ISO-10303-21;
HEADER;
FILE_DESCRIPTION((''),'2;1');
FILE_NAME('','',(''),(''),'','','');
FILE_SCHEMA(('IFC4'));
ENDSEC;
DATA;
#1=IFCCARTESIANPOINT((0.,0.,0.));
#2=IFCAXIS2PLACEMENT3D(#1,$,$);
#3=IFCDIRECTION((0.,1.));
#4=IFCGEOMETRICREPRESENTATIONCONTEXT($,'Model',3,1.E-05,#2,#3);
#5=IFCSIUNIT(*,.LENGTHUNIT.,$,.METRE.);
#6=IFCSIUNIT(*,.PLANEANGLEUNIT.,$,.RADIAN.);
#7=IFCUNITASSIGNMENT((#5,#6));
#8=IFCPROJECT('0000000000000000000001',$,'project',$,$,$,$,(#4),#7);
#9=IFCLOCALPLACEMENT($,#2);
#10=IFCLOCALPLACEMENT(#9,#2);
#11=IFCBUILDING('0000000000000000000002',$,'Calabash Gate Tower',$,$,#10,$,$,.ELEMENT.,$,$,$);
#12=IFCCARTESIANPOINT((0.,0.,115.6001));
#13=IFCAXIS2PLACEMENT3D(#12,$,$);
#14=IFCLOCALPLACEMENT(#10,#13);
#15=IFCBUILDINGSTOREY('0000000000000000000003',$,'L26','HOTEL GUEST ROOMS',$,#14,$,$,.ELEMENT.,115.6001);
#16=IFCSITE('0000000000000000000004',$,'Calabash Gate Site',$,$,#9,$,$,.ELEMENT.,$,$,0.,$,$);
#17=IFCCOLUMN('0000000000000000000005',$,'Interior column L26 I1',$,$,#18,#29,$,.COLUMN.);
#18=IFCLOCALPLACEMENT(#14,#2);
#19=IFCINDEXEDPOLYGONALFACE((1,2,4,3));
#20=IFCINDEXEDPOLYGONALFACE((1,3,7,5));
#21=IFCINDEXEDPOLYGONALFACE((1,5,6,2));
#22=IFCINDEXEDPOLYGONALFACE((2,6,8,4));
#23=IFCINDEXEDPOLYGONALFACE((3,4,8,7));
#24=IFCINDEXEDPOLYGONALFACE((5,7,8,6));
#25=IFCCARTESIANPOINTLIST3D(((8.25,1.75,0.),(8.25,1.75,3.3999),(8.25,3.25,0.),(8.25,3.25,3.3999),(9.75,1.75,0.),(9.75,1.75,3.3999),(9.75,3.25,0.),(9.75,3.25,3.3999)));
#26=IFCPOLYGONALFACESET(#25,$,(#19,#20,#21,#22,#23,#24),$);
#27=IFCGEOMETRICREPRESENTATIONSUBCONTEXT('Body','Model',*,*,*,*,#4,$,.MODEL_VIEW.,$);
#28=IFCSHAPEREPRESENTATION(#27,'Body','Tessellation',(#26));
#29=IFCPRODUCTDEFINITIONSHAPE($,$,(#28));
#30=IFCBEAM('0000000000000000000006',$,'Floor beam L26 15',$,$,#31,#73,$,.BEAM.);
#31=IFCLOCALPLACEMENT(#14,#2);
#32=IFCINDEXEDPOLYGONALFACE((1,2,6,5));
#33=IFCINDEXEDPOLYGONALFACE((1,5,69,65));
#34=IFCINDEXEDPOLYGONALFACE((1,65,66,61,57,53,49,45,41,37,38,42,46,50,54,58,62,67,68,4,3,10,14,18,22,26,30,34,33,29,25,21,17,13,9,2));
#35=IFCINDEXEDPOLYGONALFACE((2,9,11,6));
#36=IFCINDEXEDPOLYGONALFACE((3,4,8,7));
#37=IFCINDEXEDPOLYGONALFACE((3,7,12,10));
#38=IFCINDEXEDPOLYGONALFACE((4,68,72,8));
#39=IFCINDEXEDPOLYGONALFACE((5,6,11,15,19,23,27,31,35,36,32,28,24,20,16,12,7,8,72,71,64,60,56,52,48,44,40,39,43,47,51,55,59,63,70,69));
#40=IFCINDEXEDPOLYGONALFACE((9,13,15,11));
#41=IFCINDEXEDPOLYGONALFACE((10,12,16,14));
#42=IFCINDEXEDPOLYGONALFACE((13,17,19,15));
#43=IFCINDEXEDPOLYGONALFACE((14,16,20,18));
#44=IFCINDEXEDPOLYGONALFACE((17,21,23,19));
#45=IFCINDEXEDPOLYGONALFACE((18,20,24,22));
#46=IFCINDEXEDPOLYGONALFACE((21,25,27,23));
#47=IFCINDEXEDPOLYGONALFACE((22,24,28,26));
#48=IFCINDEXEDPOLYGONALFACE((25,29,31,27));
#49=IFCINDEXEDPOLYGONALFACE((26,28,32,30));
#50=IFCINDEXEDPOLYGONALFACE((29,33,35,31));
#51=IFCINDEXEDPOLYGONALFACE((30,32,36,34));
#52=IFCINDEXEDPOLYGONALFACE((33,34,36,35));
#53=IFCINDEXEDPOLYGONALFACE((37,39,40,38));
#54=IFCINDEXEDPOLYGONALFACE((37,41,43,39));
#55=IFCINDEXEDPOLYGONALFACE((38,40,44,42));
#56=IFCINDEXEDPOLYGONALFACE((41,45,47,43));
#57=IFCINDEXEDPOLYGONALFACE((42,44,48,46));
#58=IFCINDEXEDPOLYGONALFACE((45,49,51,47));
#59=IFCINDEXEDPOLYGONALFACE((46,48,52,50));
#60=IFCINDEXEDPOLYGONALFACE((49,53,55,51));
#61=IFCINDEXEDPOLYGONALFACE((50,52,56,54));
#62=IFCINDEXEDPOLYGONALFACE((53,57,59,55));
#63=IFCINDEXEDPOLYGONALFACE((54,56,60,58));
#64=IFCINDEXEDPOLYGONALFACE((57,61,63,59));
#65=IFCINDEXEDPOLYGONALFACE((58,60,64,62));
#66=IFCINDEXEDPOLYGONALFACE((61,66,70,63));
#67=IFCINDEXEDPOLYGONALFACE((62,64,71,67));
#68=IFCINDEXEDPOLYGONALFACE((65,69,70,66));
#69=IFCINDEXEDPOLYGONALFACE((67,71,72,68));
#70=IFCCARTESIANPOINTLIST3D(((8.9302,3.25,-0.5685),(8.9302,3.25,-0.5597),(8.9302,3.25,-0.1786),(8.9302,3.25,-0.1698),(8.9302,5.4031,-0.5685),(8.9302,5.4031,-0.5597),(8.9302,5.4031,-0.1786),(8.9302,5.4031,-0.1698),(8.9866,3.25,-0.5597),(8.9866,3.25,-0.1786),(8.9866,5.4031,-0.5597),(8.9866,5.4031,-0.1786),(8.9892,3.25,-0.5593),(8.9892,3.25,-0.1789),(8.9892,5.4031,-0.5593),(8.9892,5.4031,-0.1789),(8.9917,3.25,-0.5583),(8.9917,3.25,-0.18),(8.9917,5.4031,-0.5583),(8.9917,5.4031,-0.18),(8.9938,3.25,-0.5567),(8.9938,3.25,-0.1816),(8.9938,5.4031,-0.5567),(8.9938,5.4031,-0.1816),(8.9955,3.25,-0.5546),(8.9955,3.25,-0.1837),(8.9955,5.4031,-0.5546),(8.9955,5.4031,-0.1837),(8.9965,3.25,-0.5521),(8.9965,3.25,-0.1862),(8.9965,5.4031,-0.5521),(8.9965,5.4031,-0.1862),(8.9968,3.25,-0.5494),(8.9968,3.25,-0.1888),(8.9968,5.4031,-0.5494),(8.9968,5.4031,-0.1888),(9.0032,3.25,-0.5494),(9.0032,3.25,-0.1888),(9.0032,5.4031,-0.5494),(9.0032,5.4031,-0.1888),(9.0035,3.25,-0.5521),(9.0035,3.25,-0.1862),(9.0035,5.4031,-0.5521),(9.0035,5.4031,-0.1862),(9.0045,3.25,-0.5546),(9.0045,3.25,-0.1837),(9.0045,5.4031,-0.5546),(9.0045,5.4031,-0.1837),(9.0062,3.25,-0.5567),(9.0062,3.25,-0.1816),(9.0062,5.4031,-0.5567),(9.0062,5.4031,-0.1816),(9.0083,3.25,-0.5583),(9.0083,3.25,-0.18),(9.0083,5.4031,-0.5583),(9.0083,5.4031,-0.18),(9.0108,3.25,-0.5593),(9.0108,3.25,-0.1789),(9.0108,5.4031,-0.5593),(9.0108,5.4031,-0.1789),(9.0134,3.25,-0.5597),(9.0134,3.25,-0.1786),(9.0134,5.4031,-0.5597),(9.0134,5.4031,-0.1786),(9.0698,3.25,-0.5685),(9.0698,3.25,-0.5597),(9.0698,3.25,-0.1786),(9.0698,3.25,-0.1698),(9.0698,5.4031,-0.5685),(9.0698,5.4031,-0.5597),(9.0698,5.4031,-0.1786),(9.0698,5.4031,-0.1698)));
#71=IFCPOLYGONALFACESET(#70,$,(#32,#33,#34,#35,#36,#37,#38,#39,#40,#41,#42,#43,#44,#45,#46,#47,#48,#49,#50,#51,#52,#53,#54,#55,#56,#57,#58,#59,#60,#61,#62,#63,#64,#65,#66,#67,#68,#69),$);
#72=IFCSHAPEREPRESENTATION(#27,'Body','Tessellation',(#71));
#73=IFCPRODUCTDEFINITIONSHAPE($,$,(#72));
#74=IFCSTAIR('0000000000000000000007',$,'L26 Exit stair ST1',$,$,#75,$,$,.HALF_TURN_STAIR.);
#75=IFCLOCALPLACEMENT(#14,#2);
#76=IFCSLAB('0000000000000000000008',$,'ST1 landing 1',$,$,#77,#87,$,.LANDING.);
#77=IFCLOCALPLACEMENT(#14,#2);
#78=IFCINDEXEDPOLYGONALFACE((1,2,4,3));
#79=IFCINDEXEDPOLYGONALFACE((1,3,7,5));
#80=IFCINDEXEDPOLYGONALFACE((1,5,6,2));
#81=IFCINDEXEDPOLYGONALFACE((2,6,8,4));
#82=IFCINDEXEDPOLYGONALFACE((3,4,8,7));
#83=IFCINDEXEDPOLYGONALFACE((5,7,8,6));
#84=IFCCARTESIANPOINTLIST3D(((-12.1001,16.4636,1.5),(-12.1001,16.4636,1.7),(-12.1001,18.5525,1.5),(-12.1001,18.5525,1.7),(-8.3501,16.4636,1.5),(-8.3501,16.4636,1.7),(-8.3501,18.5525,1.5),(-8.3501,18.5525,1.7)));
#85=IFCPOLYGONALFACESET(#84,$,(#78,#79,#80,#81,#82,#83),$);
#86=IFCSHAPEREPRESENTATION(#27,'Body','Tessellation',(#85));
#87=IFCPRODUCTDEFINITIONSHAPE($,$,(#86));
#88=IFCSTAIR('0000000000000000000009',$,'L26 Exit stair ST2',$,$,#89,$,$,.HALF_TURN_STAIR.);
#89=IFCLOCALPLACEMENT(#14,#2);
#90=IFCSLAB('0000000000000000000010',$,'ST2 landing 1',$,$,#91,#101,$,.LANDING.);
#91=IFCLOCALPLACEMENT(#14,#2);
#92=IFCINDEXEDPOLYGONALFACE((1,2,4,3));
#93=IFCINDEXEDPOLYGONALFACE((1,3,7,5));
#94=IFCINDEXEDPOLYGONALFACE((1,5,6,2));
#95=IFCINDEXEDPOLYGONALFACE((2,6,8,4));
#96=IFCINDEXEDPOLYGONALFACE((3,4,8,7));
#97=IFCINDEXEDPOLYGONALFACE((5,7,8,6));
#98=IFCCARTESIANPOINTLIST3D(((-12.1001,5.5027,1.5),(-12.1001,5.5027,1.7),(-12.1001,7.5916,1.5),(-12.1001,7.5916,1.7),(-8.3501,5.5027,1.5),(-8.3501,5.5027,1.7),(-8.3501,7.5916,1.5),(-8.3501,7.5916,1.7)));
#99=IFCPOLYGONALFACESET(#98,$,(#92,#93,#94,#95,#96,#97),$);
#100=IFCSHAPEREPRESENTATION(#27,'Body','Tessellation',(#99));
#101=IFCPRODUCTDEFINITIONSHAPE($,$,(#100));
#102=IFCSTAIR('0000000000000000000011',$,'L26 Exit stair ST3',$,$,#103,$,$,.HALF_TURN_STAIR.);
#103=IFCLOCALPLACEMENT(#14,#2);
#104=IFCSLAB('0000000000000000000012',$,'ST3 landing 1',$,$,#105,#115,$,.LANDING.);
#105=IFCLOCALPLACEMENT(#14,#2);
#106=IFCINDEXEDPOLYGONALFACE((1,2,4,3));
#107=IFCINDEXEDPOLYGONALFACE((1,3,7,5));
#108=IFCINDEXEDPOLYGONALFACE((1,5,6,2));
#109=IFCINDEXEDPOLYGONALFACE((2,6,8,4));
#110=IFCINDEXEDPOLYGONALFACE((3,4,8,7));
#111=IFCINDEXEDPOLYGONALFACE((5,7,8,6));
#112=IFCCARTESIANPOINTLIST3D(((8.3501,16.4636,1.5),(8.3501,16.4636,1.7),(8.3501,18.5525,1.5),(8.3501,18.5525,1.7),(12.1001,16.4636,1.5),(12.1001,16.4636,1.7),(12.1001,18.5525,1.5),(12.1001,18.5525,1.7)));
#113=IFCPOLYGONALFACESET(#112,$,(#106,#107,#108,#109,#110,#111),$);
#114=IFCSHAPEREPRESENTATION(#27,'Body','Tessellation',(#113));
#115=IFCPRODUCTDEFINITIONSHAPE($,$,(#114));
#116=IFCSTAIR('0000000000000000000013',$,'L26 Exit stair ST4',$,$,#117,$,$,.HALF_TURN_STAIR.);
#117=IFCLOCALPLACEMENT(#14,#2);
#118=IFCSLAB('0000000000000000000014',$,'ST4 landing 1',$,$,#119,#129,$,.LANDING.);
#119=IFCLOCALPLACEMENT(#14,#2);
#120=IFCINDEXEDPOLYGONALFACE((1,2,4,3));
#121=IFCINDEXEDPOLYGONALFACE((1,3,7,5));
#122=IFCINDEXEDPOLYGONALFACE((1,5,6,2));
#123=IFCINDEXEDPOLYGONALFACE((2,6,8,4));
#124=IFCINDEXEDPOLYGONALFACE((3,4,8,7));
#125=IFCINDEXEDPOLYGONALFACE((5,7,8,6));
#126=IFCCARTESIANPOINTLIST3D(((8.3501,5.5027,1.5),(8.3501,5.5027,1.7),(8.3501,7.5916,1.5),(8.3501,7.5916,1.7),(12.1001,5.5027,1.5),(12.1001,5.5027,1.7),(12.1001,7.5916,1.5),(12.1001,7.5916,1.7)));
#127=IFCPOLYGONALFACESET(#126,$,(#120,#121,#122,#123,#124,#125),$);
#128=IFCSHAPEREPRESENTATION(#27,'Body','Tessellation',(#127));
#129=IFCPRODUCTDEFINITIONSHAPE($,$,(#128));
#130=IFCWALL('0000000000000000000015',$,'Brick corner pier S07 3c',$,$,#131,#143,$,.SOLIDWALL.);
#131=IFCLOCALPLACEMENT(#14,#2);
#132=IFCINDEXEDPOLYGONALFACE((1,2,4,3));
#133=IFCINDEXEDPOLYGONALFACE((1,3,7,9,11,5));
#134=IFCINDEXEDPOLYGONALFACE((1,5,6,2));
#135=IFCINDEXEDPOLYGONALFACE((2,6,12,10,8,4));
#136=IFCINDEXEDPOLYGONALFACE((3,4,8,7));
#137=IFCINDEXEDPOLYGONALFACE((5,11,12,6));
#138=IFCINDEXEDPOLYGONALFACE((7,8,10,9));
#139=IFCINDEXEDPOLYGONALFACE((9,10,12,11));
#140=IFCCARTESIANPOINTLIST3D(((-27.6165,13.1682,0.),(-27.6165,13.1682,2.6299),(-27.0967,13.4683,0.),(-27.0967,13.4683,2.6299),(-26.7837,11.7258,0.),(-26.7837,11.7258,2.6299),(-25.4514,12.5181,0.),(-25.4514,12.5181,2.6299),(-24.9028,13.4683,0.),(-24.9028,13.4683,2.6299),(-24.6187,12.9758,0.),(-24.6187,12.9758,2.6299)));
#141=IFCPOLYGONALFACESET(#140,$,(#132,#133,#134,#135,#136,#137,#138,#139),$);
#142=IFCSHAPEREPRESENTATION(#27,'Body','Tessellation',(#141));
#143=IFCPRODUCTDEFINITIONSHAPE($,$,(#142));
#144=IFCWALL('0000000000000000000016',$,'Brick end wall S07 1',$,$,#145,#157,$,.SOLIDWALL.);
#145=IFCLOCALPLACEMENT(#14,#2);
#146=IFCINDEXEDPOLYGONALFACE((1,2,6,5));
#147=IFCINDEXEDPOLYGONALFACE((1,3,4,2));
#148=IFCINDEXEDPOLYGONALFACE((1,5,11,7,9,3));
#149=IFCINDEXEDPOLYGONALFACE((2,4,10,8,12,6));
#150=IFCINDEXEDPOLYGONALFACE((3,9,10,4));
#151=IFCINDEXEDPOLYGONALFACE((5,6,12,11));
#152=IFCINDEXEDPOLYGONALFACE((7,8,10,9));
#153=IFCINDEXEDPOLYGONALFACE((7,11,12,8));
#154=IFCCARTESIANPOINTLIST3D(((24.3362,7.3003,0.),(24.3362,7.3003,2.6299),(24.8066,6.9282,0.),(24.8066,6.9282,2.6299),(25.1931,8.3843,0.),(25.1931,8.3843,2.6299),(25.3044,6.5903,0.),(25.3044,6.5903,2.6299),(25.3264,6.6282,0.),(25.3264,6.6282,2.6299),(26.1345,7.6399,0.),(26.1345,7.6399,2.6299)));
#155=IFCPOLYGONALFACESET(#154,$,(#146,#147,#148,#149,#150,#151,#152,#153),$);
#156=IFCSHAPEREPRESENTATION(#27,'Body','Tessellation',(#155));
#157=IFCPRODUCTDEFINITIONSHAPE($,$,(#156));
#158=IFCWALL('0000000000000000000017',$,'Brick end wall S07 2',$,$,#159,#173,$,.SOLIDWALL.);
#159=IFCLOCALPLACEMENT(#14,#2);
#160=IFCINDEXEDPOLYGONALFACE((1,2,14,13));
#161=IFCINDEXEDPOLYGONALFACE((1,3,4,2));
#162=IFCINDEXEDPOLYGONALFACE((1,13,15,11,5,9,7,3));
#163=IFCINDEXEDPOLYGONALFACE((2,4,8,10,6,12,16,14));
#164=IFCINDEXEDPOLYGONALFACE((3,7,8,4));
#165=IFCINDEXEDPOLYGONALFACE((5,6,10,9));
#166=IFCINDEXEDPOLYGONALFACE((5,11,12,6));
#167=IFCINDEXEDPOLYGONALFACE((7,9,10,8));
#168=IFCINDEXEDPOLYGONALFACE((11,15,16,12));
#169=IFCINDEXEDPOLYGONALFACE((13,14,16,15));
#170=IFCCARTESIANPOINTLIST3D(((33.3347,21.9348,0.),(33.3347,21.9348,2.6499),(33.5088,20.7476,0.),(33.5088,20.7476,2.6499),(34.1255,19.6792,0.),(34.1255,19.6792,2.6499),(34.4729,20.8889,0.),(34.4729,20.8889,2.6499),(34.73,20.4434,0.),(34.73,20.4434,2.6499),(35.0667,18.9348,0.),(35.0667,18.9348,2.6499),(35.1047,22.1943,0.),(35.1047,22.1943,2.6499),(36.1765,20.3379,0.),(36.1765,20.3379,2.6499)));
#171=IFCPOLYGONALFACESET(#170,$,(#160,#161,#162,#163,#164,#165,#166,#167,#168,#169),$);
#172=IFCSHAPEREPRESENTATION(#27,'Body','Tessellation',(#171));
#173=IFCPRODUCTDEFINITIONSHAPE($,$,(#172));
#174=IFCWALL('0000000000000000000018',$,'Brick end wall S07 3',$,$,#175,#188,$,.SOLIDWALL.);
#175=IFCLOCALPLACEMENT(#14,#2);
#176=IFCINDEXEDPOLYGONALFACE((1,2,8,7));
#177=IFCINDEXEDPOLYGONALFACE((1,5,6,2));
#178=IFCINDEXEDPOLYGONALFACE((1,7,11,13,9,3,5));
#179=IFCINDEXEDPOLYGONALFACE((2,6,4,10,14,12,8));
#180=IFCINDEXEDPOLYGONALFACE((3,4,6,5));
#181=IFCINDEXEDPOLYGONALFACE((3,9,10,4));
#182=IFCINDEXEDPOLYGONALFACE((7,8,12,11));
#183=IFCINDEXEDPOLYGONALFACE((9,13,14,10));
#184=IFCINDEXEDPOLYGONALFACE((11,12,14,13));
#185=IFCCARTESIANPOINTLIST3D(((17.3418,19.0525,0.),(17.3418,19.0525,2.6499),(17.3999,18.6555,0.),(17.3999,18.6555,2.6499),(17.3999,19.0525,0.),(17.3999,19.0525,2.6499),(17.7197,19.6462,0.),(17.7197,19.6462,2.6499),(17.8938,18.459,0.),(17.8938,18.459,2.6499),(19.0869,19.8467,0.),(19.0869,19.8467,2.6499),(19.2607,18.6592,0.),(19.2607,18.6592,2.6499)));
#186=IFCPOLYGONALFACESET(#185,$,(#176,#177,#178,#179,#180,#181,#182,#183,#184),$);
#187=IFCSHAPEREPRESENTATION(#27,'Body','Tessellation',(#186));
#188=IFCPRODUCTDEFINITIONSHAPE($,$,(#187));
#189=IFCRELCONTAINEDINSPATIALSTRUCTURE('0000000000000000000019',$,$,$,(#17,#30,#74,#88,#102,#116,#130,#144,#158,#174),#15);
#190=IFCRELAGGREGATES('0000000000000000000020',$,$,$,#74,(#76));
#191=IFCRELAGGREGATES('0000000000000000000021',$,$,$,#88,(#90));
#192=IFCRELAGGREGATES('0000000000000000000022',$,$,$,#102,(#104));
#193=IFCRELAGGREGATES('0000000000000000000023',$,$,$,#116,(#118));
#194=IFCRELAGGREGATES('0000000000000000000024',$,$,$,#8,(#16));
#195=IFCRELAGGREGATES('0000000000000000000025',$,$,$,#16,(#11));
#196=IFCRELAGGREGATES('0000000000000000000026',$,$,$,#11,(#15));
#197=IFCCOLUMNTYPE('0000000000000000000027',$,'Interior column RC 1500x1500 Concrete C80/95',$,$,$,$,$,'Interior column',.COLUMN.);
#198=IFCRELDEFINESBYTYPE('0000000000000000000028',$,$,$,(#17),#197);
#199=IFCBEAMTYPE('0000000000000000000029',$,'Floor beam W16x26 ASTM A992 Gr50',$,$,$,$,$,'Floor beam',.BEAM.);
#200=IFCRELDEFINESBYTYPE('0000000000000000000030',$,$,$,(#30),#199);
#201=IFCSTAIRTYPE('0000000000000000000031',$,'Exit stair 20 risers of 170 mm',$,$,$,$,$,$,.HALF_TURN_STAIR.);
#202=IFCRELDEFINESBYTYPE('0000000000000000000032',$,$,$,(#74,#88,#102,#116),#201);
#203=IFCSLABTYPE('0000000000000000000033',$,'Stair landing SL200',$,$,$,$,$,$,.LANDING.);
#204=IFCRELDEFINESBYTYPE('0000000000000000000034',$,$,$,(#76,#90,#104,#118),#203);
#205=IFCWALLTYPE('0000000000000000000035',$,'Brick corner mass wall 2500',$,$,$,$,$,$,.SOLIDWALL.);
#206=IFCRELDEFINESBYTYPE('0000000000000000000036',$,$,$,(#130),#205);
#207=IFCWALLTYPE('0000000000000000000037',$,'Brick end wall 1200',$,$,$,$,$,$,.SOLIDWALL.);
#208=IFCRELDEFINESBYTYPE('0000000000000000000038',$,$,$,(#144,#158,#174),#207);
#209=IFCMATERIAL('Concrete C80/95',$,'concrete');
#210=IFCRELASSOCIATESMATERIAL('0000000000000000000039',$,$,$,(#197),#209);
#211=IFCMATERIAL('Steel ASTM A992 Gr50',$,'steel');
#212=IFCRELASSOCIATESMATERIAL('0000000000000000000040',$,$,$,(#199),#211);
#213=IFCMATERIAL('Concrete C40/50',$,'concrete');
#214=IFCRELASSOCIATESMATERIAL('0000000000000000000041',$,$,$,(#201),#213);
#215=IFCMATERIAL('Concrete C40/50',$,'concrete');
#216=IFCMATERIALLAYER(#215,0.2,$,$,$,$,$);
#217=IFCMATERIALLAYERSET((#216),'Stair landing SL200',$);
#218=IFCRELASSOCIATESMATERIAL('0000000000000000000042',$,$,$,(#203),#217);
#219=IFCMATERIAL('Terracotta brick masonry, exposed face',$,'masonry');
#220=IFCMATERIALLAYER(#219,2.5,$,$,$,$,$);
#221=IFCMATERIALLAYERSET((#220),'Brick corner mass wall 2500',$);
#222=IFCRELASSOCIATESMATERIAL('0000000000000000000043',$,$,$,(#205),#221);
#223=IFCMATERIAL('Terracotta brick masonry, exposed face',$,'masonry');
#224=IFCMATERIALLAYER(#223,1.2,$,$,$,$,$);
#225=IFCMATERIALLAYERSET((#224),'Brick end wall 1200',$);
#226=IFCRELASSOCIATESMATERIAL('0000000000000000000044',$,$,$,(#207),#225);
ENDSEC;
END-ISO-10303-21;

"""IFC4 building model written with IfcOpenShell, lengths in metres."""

from ifc_helpers import new_model, si_unit, direction, frame, origin, origin_2d, place, context, subcontext, project, spatial, polyline, rectangle, i_section, outline, extrude, material, layer, layer_set, material_profile, profile_set, type_object, element, aggregate, save


model = new_model("IFC4")

# Units and contexts
model_context = context("Model", 3, precision=1e-05, world=origin(), true_north=direction((0.0, 1.0)))
body_context = subcontext(model_context, "Body", "Model", "MODEL_VIEW")
ifc_project = project(units=[si_unit("LENGTHUNIT", "METRE"), si_unit("PLANEANGLEUNIT", "RADIAN")], contexts=[model_context])

# Site, building, storey
site_placement = place(None, origin())
site = spatial("IfcSite", under=ifc_project, at=site_placement, Name="Calabash Gate Site", CompositionType="ELEMENT", RefElevation=0.0)
building_placement = place(site_placement, origin())
building = spatial("IfcBuilding", under=site, at=building_placement, Name="Calabash Gate Tower", CompositionType="ELEMENT")
storey_placement = place(building_placement, frame((0.0, 0.0, 115.6001)))
storey = spatial("IfcBuildingStorey", under=building, at=storey_placement, Name="L26", Description="HOTEL GUEST ROOMS", CompositionType="ELEMENT", Elevation=115.6001)

# Column
ifc_material_1 = material(Name="Concrete C80/95", Category="concrete")
ifc_material_profile_1 = material_profile(ifc_material_1, rectangle(XDim=1.5, YDim=1.5, at=origin_2d()))
ifc_profile_set_1 = profile_set([ifc_material_profile_1], Name="Concrete C80/95")
column_type = type_object("IfcColumnType", Name="Interior column RC 1500x1500 Concrete C80/95", ElementType="Interior column", PredefinedType="COLUMN", material=ifc_profile_set_1)
column_placement = place(storey_placement, frame((9.0, 2.5, 0.0), z_axis=(0.0, 0.0, 1.0), x_axis=(1.0, 0.0, 0.0)))
element("IfcColumn", 1, at=column_placement, inside=storey, type_object=column_type, Name="Interior column L26 I1", PredefinedType="COLUMN", context=body_context, shape_type="SweptSolid", body=[
    extrude(rectangle(XDim=1.5, YDim=1.5, at=origin_2d()), origin(), (0.0, 0.0, 1.0), 3.3999),
])

# Beam
ifc_material_2 = material(Name="Steel ASTM A992 Gr50", Category="steel")
ifc_material_profile_2 = material_profile(ifc_material_2, i_section(OverallWidth=0.1396, OverallDepth=0.3987, WebThickness=0.0063, FlangeThickness=0.0088, FilletRadius=0.0103, at=origin_2d()))
ifc_profile_set_2 = profile_set([ifc_material_profile_2], Name="Steel ASTM A992 Gr50")
beam_type = type_object("IfcBeamType", Name="Floor beam W16x26 ASTM A992 Gr50", ElementType="Floor beam", PredefinedType="BEAM", material=ifc_profile_set_2)
beam_placement = place(storey_placement, frame((9.0, 3.25, -0.3691), z_axis=(0.0, 1.0, 0.0), x_axis=(-1.0, 0.0, 0.0)))
element("IfcBeam", 2, at=beam_placement, inside=storey, type_object=beam_type, Name="Floor beam L26 15", PredefinedType="BEAM", context=body_context, shape_type="SweptSolid", body=[
    extrude(i_section(OverallWidth=0.1396, OverallDepth=0.3987, WebThickness=0.0063, FlangeThickness=0.0088, FilletRadius=0.0103, at=origin_2d()), origin(), (0.0, 0.0, 1.0), 2.1531),
])

# Stairs, slabs
ifc_material_3 = material(Name="Concrete C40/50", Category="concrete")
stair_type = type_object("IfcStairType", Name="Exit stair 20 risers of 170 mm", PredefinedType="HALF_TURN_STAIR", material=ifc_material_3)
stair_1_placement = place(storey_placement, origin())
stair_1 = element("IfcStair", 3, at=stair_1_placement, inside=storey, type_object=stair_type, Name="L26 Exit stair ST1", PredefinedType="HALF_TURN_STAIR")
ifc_material_4 = material(Name="Concrete C40/50", Category="concrete")
ifc_layer_1 = layer(ifc_material_4, 0.2)
ifc_layer_set_1 = layer_set([ifc_layer_1], Name="Stair landing SL200")
slab_type = type_object("IfcSlabType", Name="Stair landing SL200", PredefinedType="LANDING", material=ifc_layer_set_1)
slab_1_placement = place(storey_placement, frame((0.0, 0.0, 1.5)))
slab_1 = element("IfcSlab", 4, at=slab_1_placement, type_object=slab_type, Name="ST1 landing 1", PredefinedType="LANDING", context=body_context, shape_type="SweptSolid", body=[
    extrude(outline(polyline([(-8.3501, 16.4636), (-8.3501, 18.5525), (-12.1001, 18.5525), (-12.1001, 16.4636), (-8.3501, 16.4636)])), origin(), (0.0, 0.0, 1.0), 0.2),
])
aggregate(stair_1, [slab_1])
stair_2_placement = place(storey_placement, origin())
stair_2 = element("IfcStair", 5, at=stair_2_placement, inside=storey, type_object=stair_type, Name="L26 Exit stair ST2", PredefinedType="HALF_TURN_STAIR")
slab_2_placement = place(storey_placement, frame((0.0, 0.0, 1.5)))
slab_2 = element("IfcSlab", 6, at=slab_2_placement, type_object=slab_type, Name="ST2 landing 1", PredefinedType="LANDING", context=body_context, shape_type="SweptSolid", body=[
    extrude(outline(polyline([(-12.1001, 7.5916), (-12.1001, 5.5027), (-8.3501, 5.5027), (-8.3501, 7.5916), (-12.1001, 7.5916)])), origin(), (0.0, 0.0, 1.0), 0.2),
])
aggregate(stair_2, [slab_2])
stair_3_placement = place(storey_placement, origin())
stair_3 = element("IfcStair", 7, at=stair_3_placement, inside=storey, type_object=stair_type, Name="L26 Exit stair ST3", PredefinedType="HALF_TURN_STAIR")
slab_3_placement = place(storey_placement, frame((0.0, 0.0, 1.5)))
slab_3 = element("IfcSlab", 8, at=slab_3_placement, type_object=slab_type, Name="ST3 landing 1", PredefinedType="LANDING", context=body_context, shape_type="SweptSolid", body=[
    extrude(outline(polyline([(12.1001, 16.4636), (12.1001, 18.5525), (8.3501, 18.5525), (8.3501, 16.4636), (12.1001, 16.4636)])), origin(), (0.0, 0.0, 1.0), 0.2),
])
aggregate(stair_3, [slab_3])
stair_4_placement = place(storey_placement, origin())
stair_4 = element("IfcStair", 9, at=stair_4_placement, inside=storey, type_object=stair_type, Name="L26 Exit stair ST4", PredefinedType="HALF_TURN_STAIR")
slab_4_placement = place(storey_placement, frame((0.0, 0.0, 1.5)))
slab_4 = element("IfcSlab", 10, at=slab_4_placement, type_object=slab_type, Name="ST4 landing 1", PredefinedType="LANDING", context=body_context, shape_type="SweptSolid", body=[
    extrude(outline(polyline([(8.3501, 7.5916), (8.3501, 5.5027), (12.1001, 5.5027), (12.1001, 7.5916), (8.3501, 7.5916)])), origin(), (0.0, 0.0, 1.0), 0.2),
])
aggregate(stair_4, [slab_4])

# Walls
ifc_material_5 = material(Name="Terracotta brick masonry, exposed face", Category="masonry")
ifc_layer_2 = layer(ifc_material_5, 2.5)
ifc_layer_set_2 = layer_set([ifc_layer_2], Name="Brick corner mass wall 2500")
wall_type_1 = type_object("IfcWallType", Name="Brick corner mass wall 2500", PredefinedType="SOLIDWALL", material=ifc_layer_set_2)
wall_1_placement = place(storey_placement, origin())
element("IfcWall", 11, at=wall_1_placement, inside=storey, type_object=wall_type_1, Name="Brick corner pier S07 3c", PredefinedType="SOLIDWALL", context=body_context, shape_type="SweptSolid", body=[
    extrude(outline(polyline([(-26.7837, 11.7258), (-24.6187, 12.9758), (-24.9028, 13.4683), (-25.4514, 12.5181), (-27.0967, 13.4683), (-27.6165, 13.1682), (-26.7837, 11.7258)])), origin(), (0.0, 0.0, 1.0), 2.6299),
])
ifc_material_6 = material(Name="Terracotta brick masonry, exposed face", Category="masonry")
ifc_layer_3 = layer(ifc_material_6, 1.2)
ifc_layer_set_3 = layer_set([ifc_layer_3], Name="Brick end wall 1200")
wall_type_2 = type_object("IfcWallType", Name="Brick end wall 1200", PredefinedType="SOLIDWALL", material=ifc_layer_set_3)
wall_2_placement = place(storey_placement, origin())
element("IfcWall", 12, at=wall_2_placement, inside=storey, type_object=wall_type_2, Name="Brick end wall S07 1", PredefinedType="SOLIDWALL", context=body_context, shape_type="SweptSolid", body=[
    extrude(outline(polyline([(25.1931, 8.3843), (24.3362, 7.3003), (24.8066, 6.9282), (25.3264, 6.6282), (25.3044, 6.5903), (26.1345, 7.6399), (25.1931, 8.3843)])), origin(), (0.0, 0.0, 1.0), 2.6299),
])
wall_3_placement = place(storey_placement, origin())
element("IfcWall", 13, at=wall_3_placement, inside=storey, type_object=wall_type_2, Name="Brick end wall S07 2", PredefinedType="SOLIDWALL", context=body_context, shape_type="SweptSolid", body=[
    extrude(outline(polyline([(35.0667, 18.9348), (36.1765, 20.3379), (35.1047, 22.1943), (33.3347, 21.9348), (33.5088, 20.7476), (34.4729, 20.8889), (34.73, 20.4434), (34.1255, 19.6792), (35.0667, 18.9348)])), origin(), (0.0, 0.0, 1.0), 2.6499),
])
wall_4_placement = place(storey_placement, origin())
element("IfcWall", 14, at=wall_4_placement, inside=storey, type_object=wall_type_2, Name="Brick end wall S07 3", PredefinedType="SOLIDWALL", context=body_context, shape_type="SweptSolid", body=[
    extrude(outline(polyline([(17.7197, 19.6462), (17.3418, 19.0525), (17.3999, 19.0525), (17.3999, 18.6555), (17.8938, 18.459), (19.2607, 18.6592), (19.0869, 19.8467), (17.7197, 19.6462)])), origin(), (0.0, 0.0, 1.0), 2.6499),
])

save(model, "model.ifc")
